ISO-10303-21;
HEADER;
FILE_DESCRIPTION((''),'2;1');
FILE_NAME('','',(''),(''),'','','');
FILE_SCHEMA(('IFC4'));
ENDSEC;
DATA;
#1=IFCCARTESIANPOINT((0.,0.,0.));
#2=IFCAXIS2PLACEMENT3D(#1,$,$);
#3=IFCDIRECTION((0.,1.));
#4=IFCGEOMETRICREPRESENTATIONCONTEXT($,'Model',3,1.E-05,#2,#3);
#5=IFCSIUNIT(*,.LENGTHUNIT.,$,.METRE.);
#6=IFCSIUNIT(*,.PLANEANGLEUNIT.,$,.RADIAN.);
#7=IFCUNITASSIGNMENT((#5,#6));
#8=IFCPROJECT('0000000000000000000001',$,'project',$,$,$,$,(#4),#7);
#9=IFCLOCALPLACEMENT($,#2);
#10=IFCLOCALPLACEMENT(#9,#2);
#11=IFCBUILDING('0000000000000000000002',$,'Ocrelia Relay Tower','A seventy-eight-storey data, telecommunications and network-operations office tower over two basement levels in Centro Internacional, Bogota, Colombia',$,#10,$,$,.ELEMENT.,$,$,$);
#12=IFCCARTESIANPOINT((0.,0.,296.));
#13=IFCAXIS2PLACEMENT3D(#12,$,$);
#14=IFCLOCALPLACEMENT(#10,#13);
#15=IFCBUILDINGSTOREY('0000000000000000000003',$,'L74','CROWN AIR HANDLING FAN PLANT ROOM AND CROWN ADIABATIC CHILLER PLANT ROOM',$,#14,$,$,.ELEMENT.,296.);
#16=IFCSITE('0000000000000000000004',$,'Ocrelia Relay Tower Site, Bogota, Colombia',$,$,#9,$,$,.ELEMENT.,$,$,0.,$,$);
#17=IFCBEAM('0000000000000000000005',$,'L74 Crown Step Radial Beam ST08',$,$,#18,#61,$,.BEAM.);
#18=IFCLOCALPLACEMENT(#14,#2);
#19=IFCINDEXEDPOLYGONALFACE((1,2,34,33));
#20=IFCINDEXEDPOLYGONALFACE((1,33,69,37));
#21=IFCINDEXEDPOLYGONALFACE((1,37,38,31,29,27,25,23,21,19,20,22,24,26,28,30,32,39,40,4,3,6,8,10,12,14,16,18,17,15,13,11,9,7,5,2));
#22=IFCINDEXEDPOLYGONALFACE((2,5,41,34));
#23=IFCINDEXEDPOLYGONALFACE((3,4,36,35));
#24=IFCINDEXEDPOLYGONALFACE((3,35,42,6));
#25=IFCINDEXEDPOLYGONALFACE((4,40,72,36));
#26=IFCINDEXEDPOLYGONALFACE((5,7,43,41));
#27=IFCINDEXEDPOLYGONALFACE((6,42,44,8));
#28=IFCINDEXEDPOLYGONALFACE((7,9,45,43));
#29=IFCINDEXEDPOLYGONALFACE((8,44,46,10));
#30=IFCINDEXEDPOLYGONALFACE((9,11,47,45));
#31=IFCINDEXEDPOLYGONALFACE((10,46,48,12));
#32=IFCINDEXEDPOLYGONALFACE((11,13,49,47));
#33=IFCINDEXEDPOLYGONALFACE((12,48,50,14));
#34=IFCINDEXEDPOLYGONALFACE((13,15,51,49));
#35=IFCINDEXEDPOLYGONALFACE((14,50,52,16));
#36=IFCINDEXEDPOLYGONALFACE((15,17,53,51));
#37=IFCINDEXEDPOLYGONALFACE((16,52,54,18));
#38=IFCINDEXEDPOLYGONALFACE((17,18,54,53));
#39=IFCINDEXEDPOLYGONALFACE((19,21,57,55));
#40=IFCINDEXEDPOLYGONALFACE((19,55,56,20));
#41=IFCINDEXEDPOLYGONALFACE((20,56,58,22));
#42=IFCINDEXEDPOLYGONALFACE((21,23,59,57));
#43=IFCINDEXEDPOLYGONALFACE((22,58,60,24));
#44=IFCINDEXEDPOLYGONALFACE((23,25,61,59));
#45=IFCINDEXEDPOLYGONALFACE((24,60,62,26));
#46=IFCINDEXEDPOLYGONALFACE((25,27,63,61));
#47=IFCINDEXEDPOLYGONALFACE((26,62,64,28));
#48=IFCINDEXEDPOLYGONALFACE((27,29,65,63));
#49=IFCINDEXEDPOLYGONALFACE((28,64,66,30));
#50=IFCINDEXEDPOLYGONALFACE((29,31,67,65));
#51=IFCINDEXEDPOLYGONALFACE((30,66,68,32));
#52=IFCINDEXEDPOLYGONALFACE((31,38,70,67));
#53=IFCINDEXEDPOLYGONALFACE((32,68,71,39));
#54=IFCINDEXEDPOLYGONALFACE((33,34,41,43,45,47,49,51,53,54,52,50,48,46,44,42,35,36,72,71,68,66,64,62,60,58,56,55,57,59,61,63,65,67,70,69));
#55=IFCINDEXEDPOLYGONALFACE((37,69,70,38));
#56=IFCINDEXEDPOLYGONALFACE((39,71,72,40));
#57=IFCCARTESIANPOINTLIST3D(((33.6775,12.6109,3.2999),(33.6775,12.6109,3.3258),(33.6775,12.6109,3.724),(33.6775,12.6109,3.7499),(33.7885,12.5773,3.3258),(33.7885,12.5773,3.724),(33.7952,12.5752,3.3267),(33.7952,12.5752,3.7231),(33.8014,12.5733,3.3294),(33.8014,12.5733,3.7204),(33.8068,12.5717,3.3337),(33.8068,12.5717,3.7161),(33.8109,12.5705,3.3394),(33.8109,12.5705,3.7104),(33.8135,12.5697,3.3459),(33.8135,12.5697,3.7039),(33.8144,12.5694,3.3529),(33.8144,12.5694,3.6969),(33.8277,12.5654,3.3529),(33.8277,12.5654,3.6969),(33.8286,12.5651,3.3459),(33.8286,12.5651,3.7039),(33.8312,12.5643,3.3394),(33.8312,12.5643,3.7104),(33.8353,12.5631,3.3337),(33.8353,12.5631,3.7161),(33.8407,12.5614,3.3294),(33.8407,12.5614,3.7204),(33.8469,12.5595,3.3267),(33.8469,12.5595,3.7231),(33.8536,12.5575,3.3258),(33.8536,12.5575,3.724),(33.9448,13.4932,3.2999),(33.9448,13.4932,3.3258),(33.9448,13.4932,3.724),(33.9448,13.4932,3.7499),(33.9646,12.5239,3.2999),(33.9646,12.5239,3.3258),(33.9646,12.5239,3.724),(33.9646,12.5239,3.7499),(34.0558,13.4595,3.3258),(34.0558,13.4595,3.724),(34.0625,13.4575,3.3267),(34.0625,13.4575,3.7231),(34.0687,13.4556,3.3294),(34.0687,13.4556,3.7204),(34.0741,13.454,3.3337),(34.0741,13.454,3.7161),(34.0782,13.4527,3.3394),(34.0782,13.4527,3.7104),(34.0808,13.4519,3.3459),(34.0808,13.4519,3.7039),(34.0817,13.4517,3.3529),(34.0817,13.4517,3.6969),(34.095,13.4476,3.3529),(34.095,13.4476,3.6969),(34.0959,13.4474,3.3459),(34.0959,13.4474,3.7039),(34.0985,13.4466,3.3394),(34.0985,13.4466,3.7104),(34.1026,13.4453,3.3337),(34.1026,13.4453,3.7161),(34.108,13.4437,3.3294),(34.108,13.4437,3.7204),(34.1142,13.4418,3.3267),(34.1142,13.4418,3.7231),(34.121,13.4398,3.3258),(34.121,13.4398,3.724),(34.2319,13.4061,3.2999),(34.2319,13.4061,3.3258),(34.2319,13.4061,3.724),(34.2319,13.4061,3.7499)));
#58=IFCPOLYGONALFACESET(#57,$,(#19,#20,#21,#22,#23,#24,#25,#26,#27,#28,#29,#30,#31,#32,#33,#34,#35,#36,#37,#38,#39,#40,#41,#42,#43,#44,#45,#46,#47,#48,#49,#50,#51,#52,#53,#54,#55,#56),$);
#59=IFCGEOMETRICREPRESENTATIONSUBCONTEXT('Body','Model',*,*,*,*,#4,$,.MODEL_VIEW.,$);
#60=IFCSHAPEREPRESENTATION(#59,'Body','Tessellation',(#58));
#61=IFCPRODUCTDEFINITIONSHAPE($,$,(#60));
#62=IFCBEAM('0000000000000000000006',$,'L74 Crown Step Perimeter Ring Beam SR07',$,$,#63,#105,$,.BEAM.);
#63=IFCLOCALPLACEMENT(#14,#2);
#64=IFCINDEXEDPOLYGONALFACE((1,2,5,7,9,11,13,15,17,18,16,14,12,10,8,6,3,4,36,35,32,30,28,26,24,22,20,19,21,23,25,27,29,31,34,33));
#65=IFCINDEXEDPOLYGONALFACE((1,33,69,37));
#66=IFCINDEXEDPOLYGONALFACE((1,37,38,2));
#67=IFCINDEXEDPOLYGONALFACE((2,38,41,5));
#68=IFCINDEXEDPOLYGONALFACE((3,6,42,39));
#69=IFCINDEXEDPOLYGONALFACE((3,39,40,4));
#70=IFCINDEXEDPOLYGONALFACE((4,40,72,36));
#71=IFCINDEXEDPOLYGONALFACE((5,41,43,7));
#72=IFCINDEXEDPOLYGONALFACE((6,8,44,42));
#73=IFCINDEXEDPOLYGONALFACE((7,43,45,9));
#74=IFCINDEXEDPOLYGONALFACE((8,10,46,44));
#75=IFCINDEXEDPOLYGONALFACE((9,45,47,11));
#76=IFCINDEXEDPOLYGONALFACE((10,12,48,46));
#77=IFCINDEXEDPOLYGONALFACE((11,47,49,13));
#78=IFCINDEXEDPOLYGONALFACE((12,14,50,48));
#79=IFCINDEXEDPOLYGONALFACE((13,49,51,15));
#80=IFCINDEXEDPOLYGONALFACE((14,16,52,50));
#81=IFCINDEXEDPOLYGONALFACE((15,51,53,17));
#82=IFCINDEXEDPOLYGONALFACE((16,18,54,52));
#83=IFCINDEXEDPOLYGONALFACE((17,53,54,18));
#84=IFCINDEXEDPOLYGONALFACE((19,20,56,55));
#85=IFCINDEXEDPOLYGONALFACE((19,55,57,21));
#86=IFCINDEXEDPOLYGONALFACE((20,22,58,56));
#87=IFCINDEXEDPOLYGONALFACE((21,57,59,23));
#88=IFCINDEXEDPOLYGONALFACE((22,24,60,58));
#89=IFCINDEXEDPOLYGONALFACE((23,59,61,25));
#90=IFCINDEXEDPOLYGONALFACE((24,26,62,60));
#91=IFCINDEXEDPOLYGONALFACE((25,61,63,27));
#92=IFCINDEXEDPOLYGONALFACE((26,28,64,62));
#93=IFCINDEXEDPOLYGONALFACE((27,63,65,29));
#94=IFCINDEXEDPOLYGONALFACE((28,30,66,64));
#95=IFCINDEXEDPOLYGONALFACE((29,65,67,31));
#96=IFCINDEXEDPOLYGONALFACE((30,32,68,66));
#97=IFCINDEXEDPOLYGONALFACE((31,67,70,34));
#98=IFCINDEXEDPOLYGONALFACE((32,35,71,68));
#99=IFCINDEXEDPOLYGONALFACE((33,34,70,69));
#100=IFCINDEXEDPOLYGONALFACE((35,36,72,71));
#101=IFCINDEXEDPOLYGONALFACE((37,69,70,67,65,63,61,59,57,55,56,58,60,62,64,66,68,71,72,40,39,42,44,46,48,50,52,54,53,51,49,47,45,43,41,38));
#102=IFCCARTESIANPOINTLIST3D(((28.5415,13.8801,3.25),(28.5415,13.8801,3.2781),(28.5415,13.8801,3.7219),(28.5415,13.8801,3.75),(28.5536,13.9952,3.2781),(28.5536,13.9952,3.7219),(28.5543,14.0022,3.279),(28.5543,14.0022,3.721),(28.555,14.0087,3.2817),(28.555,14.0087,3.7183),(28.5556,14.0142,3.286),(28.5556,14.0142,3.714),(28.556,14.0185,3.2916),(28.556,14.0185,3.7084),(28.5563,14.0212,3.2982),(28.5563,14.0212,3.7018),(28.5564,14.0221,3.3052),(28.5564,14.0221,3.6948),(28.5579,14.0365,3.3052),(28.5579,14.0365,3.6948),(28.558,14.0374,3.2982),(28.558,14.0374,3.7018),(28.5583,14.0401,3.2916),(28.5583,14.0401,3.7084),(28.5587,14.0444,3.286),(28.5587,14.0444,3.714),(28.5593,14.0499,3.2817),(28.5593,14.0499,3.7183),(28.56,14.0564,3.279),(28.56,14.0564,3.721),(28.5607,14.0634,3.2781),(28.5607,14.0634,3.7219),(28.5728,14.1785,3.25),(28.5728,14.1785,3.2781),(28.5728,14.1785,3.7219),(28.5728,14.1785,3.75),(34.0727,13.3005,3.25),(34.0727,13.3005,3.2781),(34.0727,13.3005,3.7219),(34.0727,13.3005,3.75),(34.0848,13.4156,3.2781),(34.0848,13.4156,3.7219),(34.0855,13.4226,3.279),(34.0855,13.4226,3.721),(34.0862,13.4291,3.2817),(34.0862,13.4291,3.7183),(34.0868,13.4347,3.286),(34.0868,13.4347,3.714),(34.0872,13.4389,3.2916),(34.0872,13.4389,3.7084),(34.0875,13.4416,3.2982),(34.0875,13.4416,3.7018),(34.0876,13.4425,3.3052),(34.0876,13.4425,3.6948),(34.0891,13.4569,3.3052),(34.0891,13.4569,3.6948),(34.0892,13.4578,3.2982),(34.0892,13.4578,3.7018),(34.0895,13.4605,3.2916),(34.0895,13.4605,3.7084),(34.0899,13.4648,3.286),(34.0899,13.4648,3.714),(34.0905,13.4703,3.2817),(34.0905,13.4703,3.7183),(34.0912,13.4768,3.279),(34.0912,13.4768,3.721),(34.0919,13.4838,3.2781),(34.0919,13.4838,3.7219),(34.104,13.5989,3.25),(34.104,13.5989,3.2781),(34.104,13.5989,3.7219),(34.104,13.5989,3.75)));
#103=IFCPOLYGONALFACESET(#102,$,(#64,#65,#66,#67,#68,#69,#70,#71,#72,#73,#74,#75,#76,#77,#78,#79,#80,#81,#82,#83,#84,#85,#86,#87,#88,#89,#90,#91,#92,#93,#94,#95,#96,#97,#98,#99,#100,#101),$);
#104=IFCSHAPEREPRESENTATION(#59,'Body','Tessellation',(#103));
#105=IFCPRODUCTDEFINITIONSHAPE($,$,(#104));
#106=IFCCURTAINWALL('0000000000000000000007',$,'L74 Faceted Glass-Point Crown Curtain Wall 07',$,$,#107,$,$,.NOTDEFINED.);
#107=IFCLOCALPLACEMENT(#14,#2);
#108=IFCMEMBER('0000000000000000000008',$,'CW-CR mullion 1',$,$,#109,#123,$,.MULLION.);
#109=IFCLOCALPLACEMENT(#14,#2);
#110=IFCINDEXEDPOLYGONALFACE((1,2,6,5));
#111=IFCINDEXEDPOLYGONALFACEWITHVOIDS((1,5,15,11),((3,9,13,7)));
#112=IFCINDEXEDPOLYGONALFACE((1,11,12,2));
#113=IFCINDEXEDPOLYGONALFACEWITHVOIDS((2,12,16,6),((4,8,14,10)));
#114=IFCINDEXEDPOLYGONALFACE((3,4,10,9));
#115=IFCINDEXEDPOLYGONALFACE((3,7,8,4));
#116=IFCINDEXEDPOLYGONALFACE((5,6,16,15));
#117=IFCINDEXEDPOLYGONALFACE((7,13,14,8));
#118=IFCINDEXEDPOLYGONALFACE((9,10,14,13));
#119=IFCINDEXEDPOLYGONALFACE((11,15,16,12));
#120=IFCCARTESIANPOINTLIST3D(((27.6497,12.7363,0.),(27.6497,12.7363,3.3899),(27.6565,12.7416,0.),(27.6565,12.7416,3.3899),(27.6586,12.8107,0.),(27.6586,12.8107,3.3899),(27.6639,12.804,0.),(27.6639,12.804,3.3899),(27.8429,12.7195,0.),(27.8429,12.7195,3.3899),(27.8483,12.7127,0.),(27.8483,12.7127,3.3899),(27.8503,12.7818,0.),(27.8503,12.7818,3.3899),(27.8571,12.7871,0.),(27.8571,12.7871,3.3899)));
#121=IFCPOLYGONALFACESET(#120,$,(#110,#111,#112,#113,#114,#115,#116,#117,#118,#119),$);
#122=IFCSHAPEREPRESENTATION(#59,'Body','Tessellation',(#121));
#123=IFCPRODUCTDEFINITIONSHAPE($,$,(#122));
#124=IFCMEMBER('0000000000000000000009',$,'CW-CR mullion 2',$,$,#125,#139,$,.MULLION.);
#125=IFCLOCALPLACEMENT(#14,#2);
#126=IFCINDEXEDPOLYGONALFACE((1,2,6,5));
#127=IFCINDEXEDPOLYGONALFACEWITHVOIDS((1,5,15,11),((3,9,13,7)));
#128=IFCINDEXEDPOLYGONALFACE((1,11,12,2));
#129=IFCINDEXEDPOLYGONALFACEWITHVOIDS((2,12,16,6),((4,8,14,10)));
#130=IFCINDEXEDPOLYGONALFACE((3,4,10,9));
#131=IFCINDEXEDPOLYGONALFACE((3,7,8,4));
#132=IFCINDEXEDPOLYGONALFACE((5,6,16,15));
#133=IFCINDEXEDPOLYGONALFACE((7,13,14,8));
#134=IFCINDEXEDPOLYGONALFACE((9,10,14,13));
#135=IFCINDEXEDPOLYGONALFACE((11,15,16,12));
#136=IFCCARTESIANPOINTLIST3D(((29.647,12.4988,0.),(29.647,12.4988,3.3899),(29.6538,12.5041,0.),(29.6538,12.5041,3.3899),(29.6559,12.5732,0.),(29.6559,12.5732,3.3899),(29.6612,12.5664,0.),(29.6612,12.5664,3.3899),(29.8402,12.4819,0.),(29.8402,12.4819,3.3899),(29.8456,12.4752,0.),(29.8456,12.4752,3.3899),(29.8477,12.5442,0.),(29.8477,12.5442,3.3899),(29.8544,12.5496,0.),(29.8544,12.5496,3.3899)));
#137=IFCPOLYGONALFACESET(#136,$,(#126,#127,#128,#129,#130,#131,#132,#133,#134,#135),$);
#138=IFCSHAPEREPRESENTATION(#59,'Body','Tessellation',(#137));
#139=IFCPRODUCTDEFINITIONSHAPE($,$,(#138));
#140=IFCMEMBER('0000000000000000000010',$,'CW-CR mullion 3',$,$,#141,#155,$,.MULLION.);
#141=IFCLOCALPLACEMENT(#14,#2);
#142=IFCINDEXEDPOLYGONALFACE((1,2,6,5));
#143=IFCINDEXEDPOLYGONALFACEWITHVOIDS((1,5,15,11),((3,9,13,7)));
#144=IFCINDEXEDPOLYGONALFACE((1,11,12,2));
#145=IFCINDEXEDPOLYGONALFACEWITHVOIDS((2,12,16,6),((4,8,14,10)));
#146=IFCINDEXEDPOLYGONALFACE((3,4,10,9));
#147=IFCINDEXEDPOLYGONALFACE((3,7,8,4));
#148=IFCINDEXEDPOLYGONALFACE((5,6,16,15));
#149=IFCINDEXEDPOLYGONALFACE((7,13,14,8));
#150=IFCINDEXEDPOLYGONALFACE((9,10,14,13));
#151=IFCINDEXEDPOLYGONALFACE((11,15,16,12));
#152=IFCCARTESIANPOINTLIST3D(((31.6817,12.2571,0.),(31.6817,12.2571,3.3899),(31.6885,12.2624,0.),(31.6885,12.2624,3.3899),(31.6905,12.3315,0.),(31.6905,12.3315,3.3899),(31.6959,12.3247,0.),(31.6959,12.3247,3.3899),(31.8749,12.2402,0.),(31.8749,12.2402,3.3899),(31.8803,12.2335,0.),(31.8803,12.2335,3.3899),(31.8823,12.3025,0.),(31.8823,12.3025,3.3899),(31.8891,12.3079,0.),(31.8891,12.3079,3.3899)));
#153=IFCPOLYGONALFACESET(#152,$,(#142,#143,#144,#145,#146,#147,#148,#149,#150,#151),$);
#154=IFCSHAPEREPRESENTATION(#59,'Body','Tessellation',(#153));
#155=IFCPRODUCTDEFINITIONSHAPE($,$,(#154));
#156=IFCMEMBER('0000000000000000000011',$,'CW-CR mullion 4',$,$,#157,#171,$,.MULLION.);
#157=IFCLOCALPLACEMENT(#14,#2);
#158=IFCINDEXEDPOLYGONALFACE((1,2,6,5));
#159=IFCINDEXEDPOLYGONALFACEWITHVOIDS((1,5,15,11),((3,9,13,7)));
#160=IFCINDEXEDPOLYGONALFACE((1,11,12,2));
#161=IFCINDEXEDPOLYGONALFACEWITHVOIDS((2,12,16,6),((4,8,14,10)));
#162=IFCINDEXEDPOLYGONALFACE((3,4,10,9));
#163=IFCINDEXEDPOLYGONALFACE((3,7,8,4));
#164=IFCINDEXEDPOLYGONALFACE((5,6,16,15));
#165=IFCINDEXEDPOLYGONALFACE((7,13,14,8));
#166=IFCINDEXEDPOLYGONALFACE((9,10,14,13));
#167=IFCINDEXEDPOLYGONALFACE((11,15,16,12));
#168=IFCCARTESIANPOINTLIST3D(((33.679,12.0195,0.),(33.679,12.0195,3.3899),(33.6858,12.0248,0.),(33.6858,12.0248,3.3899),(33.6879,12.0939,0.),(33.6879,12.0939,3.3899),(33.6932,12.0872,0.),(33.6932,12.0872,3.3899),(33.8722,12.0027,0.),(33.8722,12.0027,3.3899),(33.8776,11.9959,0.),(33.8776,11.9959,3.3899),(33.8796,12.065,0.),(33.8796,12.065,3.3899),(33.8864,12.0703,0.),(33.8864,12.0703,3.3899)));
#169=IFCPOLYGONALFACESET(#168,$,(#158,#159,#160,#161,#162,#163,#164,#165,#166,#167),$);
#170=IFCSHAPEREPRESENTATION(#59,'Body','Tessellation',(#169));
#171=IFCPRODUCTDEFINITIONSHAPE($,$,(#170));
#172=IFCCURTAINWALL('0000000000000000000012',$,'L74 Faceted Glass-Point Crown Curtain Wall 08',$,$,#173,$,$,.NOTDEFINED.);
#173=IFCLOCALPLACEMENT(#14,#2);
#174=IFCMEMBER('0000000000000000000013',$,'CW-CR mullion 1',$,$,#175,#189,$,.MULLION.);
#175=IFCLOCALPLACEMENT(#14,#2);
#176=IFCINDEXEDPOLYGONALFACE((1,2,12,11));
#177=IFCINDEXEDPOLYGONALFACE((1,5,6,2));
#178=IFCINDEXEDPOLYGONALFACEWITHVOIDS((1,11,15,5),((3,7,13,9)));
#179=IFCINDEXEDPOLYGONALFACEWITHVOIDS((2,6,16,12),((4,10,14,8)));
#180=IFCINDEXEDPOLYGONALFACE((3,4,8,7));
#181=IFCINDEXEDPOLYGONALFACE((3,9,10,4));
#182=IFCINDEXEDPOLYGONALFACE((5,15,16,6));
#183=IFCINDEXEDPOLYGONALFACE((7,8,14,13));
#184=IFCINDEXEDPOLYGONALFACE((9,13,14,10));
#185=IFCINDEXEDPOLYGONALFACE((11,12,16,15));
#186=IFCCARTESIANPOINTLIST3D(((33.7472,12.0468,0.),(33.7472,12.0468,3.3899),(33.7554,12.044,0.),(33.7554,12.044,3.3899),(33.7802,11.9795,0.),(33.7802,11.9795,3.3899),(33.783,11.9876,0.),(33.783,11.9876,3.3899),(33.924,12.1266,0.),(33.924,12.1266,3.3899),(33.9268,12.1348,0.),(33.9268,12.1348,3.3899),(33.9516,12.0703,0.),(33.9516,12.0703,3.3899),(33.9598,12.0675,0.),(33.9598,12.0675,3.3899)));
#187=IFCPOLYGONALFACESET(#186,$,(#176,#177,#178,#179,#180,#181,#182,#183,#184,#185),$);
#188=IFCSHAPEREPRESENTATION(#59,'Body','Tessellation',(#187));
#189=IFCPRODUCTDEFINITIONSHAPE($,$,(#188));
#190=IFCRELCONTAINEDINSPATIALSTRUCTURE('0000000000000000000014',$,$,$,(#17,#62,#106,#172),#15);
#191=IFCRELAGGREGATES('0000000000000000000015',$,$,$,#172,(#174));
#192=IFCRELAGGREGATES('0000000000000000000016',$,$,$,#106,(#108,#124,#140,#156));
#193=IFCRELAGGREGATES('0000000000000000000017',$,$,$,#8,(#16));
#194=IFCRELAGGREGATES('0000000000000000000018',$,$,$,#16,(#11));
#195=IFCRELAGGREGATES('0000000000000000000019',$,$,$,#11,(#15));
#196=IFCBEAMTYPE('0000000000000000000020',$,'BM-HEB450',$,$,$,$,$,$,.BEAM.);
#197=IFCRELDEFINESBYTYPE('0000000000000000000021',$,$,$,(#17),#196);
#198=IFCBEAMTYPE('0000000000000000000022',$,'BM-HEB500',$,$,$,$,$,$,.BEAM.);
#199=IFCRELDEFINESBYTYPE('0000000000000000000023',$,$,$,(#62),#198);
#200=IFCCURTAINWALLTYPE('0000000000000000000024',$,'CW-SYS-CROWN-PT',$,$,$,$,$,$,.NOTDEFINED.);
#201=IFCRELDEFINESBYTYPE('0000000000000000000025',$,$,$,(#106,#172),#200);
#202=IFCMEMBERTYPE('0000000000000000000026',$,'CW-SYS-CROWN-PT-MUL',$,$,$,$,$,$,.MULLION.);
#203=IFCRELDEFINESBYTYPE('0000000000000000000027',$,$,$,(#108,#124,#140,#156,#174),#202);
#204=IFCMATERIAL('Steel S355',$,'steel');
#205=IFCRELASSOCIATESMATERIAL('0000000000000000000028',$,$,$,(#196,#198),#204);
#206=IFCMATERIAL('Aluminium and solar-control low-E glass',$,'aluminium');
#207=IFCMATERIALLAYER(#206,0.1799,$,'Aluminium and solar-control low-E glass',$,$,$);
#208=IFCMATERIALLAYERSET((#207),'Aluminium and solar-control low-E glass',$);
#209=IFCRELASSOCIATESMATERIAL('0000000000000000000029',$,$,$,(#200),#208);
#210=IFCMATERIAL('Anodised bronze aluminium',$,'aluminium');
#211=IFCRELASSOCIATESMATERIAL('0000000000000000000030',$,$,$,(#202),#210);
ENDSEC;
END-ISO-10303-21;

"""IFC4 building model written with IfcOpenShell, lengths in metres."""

from ifc_helpers import new_model, si_unit, direction, frame, origin, origin_2d, place, context, subcontext, project, spatial, hollow_rectangle, i_section, extrude, material, layer, layer_set, material_profile, profile_set, type_object, element, aggregate, save


model = new_model("IFC4")

# Units and contexts
model_context = context("Model", 3, precision=1e-05, world=origin(), true_north=direction((0.0, 1.0)))
body_context = subcontext(model_context, "Body", "Model", "MODEL_VIEW")
ifc_project = project(units=[si_unit("LENGTHUNIT", "METRE"), si_unit("PLANEANGLEUNIT", "RADIAN")], contexts=[model_context])

# Site, building, storey
site_placement = place(None, origin())
site = spatial("IfcSite", under=ifc_project, at=site_placement, Name="Ocrelia Relay Tower Site, Bogota, Colombia", CompositionType="ELEMENT", RefElevation=0.0)
building_placement = place(site_placement, origin())
building = spatial("IfcBuilding", under=site, at=building_placement, Name="Ocrelia Relay Tower", Description="A seventy-eight-storey data, telecommunications and network-operations office tower over two basement levels in Centro Internacional, Bogota, Colombia", CompositionType="ELEMENT")
storey_placement = place(building_placement, frame((0.0, 0.0, 296.0)))
storey = spatial("IfcBuildingStorey", under=building, at=storey_placement, Name="L74", Description="CROWN AIR HANDLING FAN PLANT ROOM AND CROWN ADIABATIC CHILLER PLANT ROOM", CompositionType="ELEMENT", Elevation=296.0)

# Beams
ifc_material_1 = material(Name="Steel S355", Category="steel")
ifc_material_profile_1 = material_profile(ifc_material_1, i_section(OverallWidth=0.3, OverallDepth=0.45, WebThickness=0.0139, FlangeThickness=0.0259, FilletRadius=0.0271, at=origin_2d()), Name="HEB 450")
ifc_profile_set_1 = profile_set([ifc_material_profile_1], Name="Steel S355")
beam_type_1 = type_object("IfcBeamType", Name="BM-HEB450", PredefinedType="BEAM", material=ifc_profile_set_1)
beam_1_placement = place(storey_placement, frame((33.821, 12.5674, 3.5249), z_axis=(0.289971, 0.957036, 0.0), x_axis=(-0.957036, 0.289971, 0.0)))
element("IfcBeam", 1, at=beam_1_placement, inside=storey, type_object=beam_type_1, Name="L74 Crown Step Radial Beam ST08", PredefinedType="BEAM", context=body_context, shape_type="SweptSolid", body=[
    extrude(i_section(OverallWidth=0.3, OverallDepth=0.45, WebThickness=0.0139, FlangeThickness=0.0259, FilletRadius=0.0271, at=origin_2d()), origin(), (0.0, 0.0, 1.0), 0.9219),
])
ifc_material_profile_2 = material_profile(ifc_material_1, i_section(OverallWidth=0.3, OverallDepth=0.5, WebThickness=0.0144, FlangeThickness=0.0281, FilletRadius=0.0271, at=origin_2d()), Name="HEB 500")
ifc_profile_set_2 = profile_set([ifc_material_profile_2], Name="Steel S355")
beam_type_2 = type_object("IfcBeamType", Name="BM-HEB500", PredefinedType="BEAM", material=ifc_profile_set_2)
beam_2_placement = place(storey_placement, frame((28.5571, 14.0293, 3.5), z_axis=(0.994555, -0.104214, 0.0), x_axis=(0.104214, 0.994555, 0.0)))
element("IfcBeam", 2, at=beam_2_placement, inside=storey, type_object=beam_type_2, Name="L74 Crown Step Perimeter Ring Beam SR07", PredefinedType="BEAM", context=body_context, shape_type="SweptSolid", body=[
    extrude(i_section(OverallWidth=0.3, OverallDepth=0.5, WebThickness=0.0144, FlangeThickness=0.0281, FilletRadius=0.0271, at=origin_2d()), origin(), (0.0, 0.0, 1.0), 5.5615),
])

# Curtain wall, members
ifc_material_2 = material(Name="Aluminium and solar-control low-E glass", Category="aluminium")
ifc_layer_1 = layer(ifc_material_2, 0.1799, Name="Aluminium and solar-control low-E glass")
ifc_layer_set_1 = layer_set([ifc_layer_1], Name="Aluminium and solar-control low-E glass")
curtain_wall_type = type_object("IfcCurtainWallType", Name="CW-SYS-CROWN-PT", PredefinedType="NOTDEFINED", material=ifc_layer_set_1)
curtain_wall_1_placement = place(storey_placement, origin())
curtain_wall_1 = element("IfcCurtainWall", 3, at=curtain_wall_1_placement, inside=storey, type_object=curtain_wall_type, Name="L74 Faceted Glass-Point Crown Curtain Wall 07", PredefinedType="NOTDEFINED")
ifc_material_3 = material(Name="Anodised bronze aluminium", Category="aluminium")
ifc_material_profile_3 = material_profile(ifc_material_3, hollow_rectangle(XDim=0.075, YDim=0.2, WallThickness=0.0061, at=origin_2d()), Name="CW-MUL-200x75")
ifc_profile_set_3 = profile_set([ifc_material_profile_3], Name="Anodised bronze aluminium")
member_type_1 = type_object("IfcMemberType", Name="CW-SYS-CROWN-PT-MUL", PredefinedType="MULLION", material=ifc_profile_set_3)
member_1_placement = place(storey_placement, frame((27.7534, 12.7617, 0.0), z_axis=(0.0, 0.0, 1.0), x_axis=(0.11803, 0.99301, 0.0)))
member_1 = element("IfcMember", 4, at=member_1_placement, type_object=member_type_1, Name="CW-CR mullion 1", PredefinedType="MULLION", context=body_context, shape_type="SweptSolid", body=[
    extrude(hollow_rectangle(XDim=0.075, YDim=0.2, WallThickness=0.0061, at=origin_2d()), origin(), (0.0, 0.0, 1.0), 3.3899),
])
member_2_placement = place(storey_placement, frame((29.7507, 12.5242, 0.0), z_axis=(0.0, 0.0, 1.0), x_axis=(0.11803, 0.99301, 0.0)))
member_2 = element("IfcMember", 5, at=member_2_placement, type_object=member_type_1, Name="CW-CR mullion 2", PredefinedType="MULLION", context=body_context, shape_type="SweptSolid", body=[
    extrude(hollow_rectangle(XDim=0.075, YDim=0.2, WallThickness=0.0061, at=origin_2d()), origin(), (0.0, 0.0, 1.0), 3.3899),
])
member_3_placement = place(storey_placement, frame((31.7854, 12.2825, 0.0), z_axis=(0.0, 0.0, 1.0), x_axis=(0.11803, 0.99301, 0.0)))
member_3 = element("IfcMember", 6, at=member_3_placement, type_object=member_type_1, Name="CW-CR mullion 3", PredefinedType="MULLION", context=body_context, shape_type="SweptSolid", body=[
    extrude(hollow_rectangle(XDim=0.075, YDim=0.2, WallThickness=0.0061, at=origin_2d()), origin(), (0.0, 0.0, 1.0), 3.3899),
])
member_4_placement = place(storey_placement, frame((33.7827, 12.0449, 0.0), z_axis=(0.0, 0.0, 1.0), x_axis=(0.11803, 0.99301, 0.0)))
member_4 = element("IfcMember", 7, at=member_4_placement, type_object=member_type_1, Name="CW-CR mullion 4", PredefinedType="MULLION", context=body_context, shape_type="SweptSolid", body=[
    extrude(hollow_rectangle(XDim=0.075, YDim=0.2, WallThickness=0.0061, at=origin_2d()), origin(), (0.0, 0.0, 1.0), 3.3899),
])

# Curtain wall, member
curtain_wall_2_placement = place(storey_placement, origin())
curtain_wall_2 = element("IfcCurtainWall", 8, at=curtain_wall_2_placement, inside=storey, type_object=curtain_wall_type, Name="L74 Faceted Glass-Point Crown Curtain Wall 08", PredefinedType="NOTDEFINED")
member_5_placement = place(storey_placement, frame((33.8535, 12.0571, 0.0), z_axis=(0.0, 0.0, 1.0), x_axis=(-0.440059, 0.897969, 0.0)))
member_5 = element("IfcMember", 9, at=member_5_placement, type_object=member_type_1, Name="CW-CR mullion 1", PredefinedType="MULLION", context=body_context, shape_type="SweptSolid", body=[
    extrude(hollow_rectangle(XDim=0.075, YDim=0.2, WallThickness=0.0061, at=origin_2d()), origin(), (0.0, 0.0, 1.0), 3.3899),
])

aggregate(curtain_wall_2, [member_5])

aggregate(curtain_wall_1, [member_1, member_2, member_3, member_4])

save(model, "model.ifc")
